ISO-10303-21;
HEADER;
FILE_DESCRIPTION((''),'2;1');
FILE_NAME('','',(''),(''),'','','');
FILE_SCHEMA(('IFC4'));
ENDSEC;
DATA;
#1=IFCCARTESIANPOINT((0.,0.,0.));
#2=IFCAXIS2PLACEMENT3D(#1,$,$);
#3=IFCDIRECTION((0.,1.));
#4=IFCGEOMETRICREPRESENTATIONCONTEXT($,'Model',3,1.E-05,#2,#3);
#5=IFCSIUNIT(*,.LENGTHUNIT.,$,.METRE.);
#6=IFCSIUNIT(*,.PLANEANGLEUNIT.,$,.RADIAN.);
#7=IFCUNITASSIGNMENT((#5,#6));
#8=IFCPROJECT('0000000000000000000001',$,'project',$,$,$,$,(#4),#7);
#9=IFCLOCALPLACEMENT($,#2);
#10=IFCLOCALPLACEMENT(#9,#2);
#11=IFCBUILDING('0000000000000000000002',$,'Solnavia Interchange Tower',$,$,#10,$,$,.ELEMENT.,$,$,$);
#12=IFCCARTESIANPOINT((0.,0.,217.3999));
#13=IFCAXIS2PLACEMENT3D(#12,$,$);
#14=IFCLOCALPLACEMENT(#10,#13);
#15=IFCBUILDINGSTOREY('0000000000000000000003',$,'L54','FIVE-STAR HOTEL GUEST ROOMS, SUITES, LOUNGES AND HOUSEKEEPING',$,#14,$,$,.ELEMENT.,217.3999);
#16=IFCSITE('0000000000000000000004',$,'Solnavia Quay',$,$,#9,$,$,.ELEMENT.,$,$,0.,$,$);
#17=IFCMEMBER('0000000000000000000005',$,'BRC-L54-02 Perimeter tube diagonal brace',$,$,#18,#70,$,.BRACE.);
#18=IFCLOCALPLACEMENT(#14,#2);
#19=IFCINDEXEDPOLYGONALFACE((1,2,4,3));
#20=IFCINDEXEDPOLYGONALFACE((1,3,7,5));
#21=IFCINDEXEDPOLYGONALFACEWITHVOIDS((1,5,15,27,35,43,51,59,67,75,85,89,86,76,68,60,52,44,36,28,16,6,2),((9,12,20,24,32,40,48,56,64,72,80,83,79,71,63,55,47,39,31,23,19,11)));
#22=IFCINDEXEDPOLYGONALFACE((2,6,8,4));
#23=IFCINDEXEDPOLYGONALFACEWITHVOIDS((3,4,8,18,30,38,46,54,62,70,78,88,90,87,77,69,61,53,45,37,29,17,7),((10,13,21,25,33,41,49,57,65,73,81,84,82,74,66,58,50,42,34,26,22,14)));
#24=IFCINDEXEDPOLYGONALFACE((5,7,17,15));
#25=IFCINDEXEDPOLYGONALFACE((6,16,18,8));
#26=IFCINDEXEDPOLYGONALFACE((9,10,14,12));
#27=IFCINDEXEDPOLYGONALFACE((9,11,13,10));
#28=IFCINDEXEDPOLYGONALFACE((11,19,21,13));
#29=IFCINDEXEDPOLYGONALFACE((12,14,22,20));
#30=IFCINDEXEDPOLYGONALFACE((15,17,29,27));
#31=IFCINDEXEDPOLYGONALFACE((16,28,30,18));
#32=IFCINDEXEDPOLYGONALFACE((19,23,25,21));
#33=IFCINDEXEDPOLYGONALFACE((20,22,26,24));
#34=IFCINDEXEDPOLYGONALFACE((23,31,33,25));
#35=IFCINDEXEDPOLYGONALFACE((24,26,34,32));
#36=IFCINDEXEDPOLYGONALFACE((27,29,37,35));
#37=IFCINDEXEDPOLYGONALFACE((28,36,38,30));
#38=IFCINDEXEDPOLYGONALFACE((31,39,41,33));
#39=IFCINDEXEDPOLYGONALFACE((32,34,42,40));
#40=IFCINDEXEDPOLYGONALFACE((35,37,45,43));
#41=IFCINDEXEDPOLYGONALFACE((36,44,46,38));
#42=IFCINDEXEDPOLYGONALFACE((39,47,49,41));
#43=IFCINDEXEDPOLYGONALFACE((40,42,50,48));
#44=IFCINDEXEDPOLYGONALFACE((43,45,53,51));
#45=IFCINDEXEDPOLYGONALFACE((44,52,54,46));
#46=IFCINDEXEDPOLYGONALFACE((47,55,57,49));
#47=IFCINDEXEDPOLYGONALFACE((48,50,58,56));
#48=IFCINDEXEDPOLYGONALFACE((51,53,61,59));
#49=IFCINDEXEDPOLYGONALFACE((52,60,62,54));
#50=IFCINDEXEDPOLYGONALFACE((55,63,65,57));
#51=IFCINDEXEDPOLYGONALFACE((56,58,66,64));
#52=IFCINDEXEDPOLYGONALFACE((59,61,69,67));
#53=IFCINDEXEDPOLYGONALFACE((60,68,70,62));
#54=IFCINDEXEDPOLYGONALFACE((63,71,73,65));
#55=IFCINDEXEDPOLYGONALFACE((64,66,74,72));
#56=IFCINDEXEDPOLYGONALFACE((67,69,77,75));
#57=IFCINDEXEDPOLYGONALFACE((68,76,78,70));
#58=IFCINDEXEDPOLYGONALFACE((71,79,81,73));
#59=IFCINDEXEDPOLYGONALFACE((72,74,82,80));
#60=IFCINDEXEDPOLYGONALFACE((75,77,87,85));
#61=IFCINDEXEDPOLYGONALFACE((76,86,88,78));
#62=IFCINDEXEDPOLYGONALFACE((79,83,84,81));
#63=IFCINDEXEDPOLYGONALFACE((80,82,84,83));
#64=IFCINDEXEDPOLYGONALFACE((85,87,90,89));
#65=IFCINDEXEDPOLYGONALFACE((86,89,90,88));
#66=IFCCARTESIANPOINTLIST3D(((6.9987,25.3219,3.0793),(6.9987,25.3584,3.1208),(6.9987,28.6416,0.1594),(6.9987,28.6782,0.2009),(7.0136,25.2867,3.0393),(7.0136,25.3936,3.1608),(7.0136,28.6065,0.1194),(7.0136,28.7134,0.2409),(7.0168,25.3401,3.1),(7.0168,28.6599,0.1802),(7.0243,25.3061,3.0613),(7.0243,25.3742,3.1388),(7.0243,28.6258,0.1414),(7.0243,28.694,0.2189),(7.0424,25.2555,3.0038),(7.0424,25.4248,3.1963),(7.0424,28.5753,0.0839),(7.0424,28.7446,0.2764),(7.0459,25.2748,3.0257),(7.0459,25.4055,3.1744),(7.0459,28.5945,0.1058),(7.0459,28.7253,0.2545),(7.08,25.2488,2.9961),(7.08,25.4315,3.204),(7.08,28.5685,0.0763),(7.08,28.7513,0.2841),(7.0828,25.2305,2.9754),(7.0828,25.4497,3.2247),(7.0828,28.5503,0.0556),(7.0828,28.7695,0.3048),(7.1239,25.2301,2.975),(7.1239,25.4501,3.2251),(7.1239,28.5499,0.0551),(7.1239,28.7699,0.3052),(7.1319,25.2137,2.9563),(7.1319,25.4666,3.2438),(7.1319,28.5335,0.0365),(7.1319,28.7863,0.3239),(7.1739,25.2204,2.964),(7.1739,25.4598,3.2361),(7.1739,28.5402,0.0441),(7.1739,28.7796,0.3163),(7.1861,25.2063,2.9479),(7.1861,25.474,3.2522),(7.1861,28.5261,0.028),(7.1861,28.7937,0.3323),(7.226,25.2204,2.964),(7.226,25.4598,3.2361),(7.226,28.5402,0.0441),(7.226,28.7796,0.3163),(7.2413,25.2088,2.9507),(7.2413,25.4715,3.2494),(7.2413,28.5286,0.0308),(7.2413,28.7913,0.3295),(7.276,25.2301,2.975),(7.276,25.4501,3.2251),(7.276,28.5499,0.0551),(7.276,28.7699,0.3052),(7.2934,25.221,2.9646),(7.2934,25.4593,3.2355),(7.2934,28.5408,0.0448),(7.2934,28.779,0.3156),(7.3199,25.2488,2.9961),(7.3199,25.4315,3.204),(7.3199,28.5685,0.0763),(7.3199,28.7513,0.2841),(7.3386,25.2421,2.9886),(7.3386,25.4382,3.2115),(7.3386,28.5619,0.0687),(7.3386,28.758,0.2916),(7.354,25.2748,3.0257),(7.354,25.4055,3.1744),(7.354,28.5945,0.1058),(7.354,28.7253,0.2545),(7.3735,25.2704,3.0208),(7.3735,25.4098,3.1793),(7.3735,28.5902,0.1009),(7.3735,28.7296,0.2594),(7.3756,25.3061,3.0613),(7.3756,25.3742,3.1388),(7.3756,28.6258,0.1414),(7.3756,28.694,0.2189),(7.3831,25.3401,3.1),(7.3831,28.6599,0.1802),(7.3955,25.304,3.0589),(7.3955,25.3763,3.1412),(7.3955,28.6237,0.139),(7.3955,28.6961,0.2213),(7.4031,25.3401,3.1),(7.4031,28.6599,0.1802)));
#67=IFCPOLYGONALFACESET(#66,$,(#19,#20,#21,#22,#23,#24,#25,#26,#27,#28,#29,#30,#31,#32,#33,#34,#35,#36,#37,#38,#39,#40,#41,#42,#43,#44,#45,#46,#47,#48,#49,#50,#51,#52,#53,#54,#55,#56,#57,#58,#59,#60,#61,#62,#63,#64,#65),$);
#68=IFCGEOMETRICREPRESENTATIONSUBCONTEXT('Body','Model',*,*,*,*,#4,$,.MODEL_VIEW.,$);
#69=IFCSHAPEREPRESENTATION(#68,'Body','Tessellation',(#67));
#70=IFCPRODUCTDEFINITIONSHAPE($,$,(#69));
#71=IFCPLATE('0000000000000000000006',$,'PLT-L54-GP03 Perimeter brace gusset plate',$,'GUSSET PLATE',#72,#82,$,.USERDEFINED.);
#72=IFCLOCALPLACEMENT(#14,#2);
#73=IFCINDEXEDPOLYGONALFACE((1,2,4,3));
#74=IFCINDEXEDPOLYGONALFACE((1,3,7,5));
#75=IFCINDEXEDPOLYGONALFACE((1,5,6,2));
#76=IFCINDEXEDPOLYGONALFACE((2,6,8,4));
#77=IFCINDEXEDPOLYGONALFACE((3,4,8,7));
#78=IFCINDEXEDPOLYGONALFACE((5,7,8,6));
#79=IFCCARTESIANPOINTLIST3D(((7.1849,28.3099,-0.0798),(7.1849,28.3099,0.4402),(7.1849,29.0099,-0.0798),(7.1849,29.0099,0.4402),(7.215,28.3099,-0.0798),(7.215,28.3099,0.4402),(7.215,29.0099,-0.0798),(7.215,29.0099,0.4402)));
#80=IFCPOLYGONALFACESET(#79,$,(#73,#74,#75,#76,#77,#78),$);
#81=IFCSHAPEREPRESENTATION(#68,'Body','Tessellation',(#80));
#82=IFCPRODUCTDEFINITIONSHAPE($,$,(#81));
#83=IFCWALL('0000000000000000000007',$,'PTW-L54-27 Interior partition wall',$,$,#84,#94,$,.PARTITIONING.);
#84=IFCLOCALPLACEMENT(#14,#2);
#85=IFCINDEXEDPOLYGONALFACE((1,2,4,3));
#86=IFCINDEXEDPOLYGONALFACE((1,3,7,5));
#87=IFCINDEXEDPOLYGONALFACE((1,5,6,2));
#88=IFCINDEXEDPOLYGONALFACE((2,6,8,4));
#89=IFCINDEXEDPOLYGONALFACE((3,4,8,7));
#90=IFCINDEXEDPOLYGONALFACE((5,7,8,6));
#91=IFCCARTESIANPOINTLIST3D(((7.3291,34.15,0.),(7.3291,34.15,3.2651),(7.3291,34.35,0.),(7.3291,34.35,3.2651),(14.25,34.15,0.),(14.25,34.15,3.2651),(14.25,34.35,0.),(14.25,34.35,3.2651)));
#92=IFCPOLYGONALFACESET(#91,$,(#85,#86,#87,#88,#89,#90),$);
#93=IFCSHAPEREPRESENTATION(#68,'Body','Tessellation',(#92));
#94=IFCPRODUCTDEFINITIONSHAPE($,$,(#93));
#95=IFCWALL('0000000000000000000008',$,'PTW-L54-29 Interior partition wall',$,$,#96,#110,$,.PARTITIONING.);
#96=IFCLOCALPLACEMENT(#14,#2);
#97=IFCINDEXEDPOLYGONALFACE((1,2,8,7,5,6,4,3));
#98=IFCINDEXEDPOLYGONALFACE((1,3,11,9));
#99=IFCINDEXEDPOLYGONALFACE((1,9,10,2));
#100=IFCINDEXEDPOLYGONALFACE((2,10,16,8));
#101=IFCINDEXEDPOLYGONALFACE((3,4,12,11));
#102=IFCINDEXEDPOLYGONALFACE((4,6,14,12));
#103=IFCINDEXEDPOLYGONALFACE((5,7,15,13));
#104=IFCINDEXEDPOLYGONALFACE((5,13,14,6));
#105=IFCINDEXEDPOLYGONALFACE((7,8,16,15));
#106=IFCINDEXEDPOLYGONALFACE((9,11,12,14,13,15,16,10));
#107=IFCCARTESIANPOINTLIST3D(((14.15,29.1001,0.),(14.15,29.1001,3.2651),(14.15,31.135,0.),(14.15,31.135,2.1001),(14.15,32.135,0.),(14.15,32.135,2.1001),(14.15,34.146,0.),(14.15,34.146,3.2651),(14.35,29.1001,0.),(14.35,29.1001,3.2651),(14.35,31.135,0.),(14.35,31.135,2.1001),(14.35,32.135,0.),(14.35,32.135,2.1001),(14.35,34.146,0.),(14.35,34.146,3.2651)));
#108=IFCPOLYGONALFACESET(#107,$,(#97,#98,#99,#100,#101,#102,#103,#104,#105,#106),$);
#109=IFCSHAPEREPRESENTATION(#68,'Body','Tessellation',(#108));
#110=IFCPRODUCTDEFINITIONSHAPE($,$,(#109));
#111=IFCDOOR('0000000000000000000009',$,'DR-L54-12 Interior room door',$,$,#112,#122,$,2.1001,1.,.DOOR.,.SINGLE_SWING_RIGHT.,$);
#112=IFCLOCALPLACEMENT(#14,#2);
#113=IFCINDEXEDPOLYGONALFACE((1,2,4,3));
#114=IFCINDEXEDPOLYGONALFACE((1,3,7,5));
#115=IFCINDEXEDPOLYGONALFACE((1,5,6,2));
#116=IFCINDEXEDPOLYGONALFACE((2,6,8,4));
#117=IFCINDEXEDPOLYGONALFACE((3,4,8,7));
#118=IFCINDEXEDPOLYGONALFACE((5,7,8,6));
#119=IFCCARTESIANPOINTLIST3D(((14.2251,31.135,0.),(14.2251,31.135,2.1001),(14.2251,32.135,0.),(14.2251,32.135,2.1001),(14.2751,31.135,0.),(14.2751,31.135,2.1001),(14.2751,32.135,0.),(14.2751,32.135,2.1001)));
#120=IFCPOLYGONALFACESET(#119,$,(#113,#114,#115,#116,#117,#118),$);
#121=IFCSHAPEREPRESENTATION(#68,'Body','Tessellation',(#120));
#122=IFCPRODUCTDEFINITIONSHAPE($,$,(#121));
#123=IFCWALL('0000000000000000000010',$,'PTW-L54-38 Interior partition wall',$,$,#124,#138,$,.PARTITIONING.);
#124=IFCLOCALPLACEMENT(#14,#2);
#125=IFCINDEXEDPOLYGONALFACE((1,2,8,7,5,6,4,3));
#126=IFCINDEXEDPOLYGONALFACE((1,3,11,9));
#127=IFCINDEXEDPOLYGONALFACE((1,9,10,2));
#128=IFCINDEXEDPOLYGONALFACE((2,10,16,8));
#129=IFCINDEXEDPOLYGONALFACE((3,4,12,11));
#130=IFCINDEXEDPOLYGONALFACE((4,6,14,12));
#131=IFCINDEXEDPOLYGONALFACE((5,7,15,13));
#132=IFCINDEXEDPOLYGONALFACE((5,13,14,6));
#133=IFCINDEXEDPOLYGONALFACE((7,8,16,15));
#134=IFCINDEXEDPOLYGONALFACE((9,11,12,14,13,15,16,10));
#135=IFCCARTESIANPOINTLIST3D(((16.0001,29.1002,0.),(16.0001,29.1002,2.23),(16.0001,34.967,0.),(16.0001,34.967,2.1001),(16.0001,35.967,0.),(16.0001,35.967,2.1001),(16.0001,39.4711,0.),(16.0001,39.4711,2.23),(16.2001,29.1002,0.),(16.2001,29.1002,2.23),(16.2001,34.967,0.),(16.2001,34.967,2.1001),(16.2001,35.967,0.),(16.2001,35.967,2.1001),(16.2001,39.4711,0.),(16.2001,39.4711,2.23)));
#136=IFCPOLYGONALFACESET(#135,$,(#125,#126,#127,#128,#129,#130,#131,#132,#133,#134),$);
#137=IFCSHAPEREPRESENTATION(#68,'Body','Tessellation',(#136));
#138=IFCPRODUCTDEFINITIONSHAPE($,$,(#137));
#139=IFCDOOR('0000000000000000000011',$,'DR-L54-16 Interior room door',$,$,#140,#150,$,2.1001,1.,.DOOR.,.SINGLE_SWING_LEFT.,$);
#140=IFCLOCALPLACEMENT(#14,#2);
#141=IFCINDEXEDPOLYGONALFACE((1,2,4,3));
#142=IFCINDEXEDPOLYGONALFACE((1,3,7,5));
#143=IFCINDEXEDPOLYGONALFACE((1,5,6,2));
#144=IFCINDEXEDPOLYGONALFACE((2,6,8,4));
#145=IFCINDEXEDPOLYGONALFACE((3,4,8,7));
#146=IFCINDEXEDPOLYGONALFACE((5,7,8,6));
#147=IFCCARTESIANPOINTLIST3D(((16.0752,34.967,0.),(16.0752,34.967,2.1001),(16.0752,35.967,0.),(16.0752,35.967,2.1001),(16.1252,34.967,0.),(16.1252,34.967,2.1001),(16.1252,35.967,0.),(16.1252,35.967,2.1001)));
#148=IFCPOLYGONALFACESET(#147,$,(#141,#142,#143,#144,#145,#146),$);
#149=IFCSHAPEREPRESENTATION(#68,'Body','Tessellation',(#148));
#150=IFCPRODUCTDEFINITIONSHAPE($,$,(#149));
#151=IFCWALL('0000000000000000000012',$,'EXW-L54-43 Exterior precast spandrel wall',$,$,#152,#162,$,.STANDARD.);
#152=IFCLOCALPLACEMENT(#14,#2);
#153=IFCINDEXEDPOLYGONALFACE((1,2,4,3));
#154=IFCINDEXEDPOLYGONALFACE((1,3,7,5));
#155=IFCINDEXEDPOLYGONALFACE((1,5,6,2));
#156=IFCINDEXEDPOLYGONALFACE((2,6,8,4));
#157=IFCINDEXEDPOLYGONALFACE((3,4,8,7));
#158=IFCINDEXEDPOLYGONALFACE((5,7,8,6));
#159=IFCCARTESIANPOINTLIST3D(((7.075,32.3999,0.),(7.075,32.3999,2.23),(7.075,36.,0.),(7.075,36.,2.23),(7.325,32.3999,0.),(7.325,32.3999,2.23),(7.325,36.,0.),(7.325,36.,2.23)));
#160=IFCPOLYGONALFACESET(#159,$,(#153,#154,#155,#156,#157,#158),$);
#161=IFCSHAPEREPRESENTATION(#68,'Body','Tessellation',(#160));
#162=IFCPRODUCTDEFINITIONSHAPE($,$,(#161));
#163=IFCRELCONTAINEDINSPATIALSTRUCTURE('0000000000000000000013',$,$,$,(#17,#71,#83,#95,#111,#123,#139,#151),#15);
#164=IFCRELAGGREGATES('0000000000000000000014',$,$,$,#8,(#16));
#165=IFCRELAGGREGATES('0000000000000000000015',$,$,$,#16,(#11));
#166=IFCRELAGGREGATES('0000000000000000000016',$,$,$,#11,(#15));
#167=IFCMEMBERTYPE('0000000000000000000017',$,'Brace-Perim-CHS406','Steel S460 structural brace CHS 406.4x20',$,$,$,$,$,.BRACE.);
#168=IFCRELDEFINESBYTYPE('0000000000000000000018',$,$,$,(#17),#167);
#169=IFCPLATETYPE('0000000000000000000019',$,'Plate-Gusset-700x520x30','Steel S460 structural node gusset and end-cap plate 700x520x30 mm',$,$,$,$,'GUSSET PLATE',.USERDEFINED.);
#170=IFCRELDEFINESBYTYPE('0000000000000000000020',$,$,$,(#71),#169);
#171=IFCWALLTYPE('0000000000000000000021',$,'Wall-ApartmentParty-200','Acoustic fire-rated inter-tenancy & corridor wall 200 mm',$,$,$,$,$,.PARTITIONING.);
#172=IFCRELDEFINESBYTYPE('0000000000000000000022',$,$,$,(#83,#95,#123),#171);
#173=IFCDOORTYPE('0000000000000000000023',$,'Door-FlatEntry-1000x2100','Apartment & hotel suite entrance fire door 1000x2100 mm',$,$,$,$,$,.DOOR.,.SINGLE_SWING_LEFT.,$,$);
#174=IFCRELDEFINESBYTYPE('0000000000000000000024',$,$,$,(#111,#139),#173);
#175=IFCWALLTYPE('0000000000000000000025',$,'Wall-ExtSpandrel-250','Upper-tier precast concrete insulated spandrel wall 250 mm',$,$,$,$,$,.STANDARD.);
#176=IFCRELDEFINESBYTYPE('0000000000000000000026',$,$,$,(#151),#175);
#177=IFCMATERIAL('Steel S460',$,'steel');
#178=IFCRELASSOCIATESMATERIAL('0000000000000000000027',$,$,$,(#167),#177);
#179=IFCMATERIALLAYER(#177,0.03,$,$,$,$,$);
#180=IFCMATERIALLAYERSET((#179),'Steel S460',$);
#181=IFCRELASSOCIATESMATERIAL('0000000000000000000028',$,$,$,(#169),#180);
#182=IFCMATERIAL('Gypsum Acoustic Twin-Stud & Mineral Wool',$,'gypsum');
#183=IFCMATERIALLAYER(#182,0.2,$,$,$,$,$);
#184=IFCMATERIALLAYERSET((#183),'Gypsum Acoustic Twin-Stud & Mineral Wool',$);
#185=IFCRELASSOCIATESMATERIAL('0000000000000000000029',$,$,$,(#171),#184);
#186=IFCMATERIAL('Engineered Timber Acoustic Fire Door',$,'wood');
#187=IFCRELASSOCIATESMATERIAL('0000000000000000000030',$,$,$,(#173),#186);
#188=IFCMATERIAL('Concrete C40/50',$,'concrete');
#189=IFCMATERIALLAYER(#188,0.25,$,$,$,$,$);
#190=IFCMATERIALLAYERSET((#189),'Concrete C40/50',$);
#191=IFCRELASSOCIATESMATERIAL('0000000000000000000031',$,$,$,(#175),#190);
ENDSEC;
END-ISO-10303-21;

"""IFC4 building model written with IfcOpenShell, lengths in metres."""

from ifc_helpers import new_model, si_unit, direction, frame, frame_2d, origin, origin_2d, place, context, subcontext, project, spatial, rectangle, hollow_circle, extrude, material, layer, layer_set, material_profile, profile_set, type_object, element, fill, save


model = new_model("IFC4")

# Units and contexts
model_context = context("Model", 3, precision=1e-05, world=origin(), true_north=direction((0.0, 1.0)))
body_context = subcontext(model_context, "Body", "Model", "MODEL_VIEW")
ifc_project = project(units=[si_unit("LENGTHUNIT", "METRE"), si_unit("PLANEANGLEUNIT", "RADIAN")], contexts=[model_context])

# Site, building, storey
site_placement = place(None, origin())
site = spatial("IfcSite", under=ifc_project, at=site_placement, Name="Solnavia Quay", CompositionType="ELEMENT", RefElevation=0.0)
building_placement = place(site_placement, origin())
building = spatial("IfcBuilding", under=site, at=building_placement, Name="Solnavia Interchange Tower", CompositionType="ELEMENT")
storey_placement = place(building_placement, frame((0.0, 0.0, 217.3999)))
storey = spatial("IfcBuildingStorey", under=building, at=storey_placement, Name="L54", Description="FIVE-STAR HOTEL GUEST ROOMS, SUITES, LOUNGES AND HOUSEKEEPING", CompositionType="ELEMENT", Elevation=217.3999)

# Shared definitions
ifc_material_1 = material(Name="Steel S460", Category="steel")

# Member
ifc_material_profile_1 = material_profile(ifc_material_1, hollow_circle(Radius=0.2031, WallThickness=0.02, at=origin_2d()), Name="CHS 406.4x20")
ifc_profile_set_1 = profile_set([ifc_material_profile_1], Name="Steel S460")
member_type = type_object("IfcMemberType", Name="Brace-Perim-CHS406", Description="Steel S460 structural brace CHS 406.4x20", PredefinedType="BRACE", material=ifc_profile_set_1)
member_placement = place(storey_placement, frame((7.2, 28.6599, 0.1802), z_axis=(0.0, -0.750884, 0.660434), x_axis=(1.0, 0.0, 0.0)))
element("IfcMember", 1, at=member_placement, inside=storey, type_object=member_type, Name="BRC-L54-02 Perimeter tube diagonal brace", PredefinedType="BRACE", context=body_context, shape_type="SweptSolid", body=[
    extrude(hollow_circle(Radius=0.2031, WallThickness=0.02, at=origin_2d()), origin(), (0.0, 0.0, 1.0), 4.4211),
])

# Plate
ifc_layer_1 = layer(ifc_material_1, 0.03)
ifc_layer_set_1 = layer_set([ifc_layer_1], Name="Steel S460")
plate_type = type_object("IfcPlateType", Name="Plate-Gusset-700x520x30", Description="Steel S460 structural node gusset and end-cap plate 700x520x30 mm", ElementType="GUSSET PLATE", PredefinedType="USERDEFINED", material=ifc_layer_set_1)
plate_placement = place(storey_placement, frame((7.2, 28.6599, -0.0798), z_axis=(0.0, 0.0, 1.0), x_axis=(0.0, -1.0, 0.0)))
element("IfcPlate", 2, at=plate_placement, inside=storey, type_object=plate_type, Name="PLT-L54-GP03 Perimeter brace gusset plate", ObjectType="GUSSET PLATE", PredefinedType="USERDEFINED", context=body_context, shape_type="SweptSolid", body=[
    extrude(rectangle(XDim=0.7, YDim=0.03, at=origin_2d()), origin(), (0.0, 0.0, 1.0), 0.52),
])

# Wall
ifc_material_2 = material(Name="Gypsum Acoustic Twin-Stud & Mineral Wool", Category="gypsum")
ifc_layer_2 = layer(ifc_material_2, 0.2)
ifc_layer_set_2 = layer_set([ifc_layer_2], Name="Gypsum Acoustic Twin-Stud & Mineral Wool")
wall_type_1 = type_object("IfcWallType", Name="Wall-ApartmentParty-200", Description="Acoustic fire-rated inter-tenancy & corridor wall 200 mm", PredefinedType="PARTITIONING", material=ifc_layer_set_2)
wall_1_placement = place(storey_placement, frame((7.3291, 34.25, 0.0), z_axis=(0.0, 0.0, 1.0), x_axis=(1.0, 0.0, 0.0)))
element("IfcWall", 3, at=wall_1_placement, inside=storey, type_object=wall_type_1, Name="PTW-L54-27 Interior partition wall", PredefinedType="PARTITIONING", context=body_context, shape_type="SweptSolid", body=[
    extrude(rectangle(XDim=6.9209, YDim=0.2, at=frame_2d((3.4604, 0.0))), origin(), (0.0, 0.0, 1.0), 3.2651),
])

# Walls, openings, doors
wall_2_placement = place(storey_placement, frame((14.25, 29.1001, 0.0), z_axis=(0.0, 0.0, 1.0), x_axis=(0.0, 1.0, 0.0)))
wall_2 = element("IfcWall", 4, at=wall_2_placement, inside=storey, type_object=wall_type_1, Name="PTW-L54-29 Interior partition wall", PredefinedType="PARTITIONING", context=body_context, shape_type="SweptSolid", body=[
    extrude(rectangle(XDim=5.0459, YDim=0.2, at=frame_2d((2.5229, 0.0))), origin(), (0.0, 0.0, 1.0), 3.2651),
])
opening_1_placement = place(wall_2_placement, frame((2.0349, 0.0, 0.0)))
opening_1 = element("IfcOpeningElement", 5, at=opening_1_placement, cuts=wall_2, PredefinedType="OPENING", context=body_context, shape_type="SweptSolid", body=[
    extrude(rectangle(XDim=1.0, YDim=2.1001, at=frame_2d((0.5, 1.05))), frame((0.0, 0.1099, 0.0), z_axis=(0.0, -1.0, 0.0), x_axis=(1.0, 0.0, 0.0)), (0.0, 0.0, 1.0), 0.22),
])
ifc_material_3 = material(Name="Engineered Timber Acoustic Fire Door", Category="wood")
door_type_1 = type_object("IfcDoorType", Name="Door-FlatEntry-1000x2100", Description="Apartment & hotel suite entrance fire door 1000x2100 mm", OperationType="SINGLE_SWING_LEFT", PredefinedType="DOOR", material=ifc_material_3)
door_1_placement = place(opening_1_placement, origin())
door_1 = element("IfcDoor", 6, at=door_1_placement, inside=storey, type_object=door_type_1, Name="DR-L54-12 Interior room door", OperationType="SINGLE_SWING_RIGHT", OverallHeight=2.1001, OverallWidth=1.0, PredefinedType="DOOR", context=body_context, shape_type="SweptSolid", body=[
    extrude(rectangle(XDim=1.0, YDim=2.1001, at=frame_2d((0.5, 1.05))), frame((0.0, 0.0249, 0.0), z_axis=(0.0, -1.0, 0.0), x_axis=(1.0, 0.0, 0.0)), (0.0, 0.0, 1.0), 0.05),
])
fill(opening_1, door_1)
wall_3_placement = place(storey_placement, frame((16.1001, 29.1001, 0.0), z_axis=(0.0, 0.0, 1.0), x_axis=(0.0, 1.0, 0.0)))
wall_3 = element("IfcWall", 7, at=wall_3_placement, inside=storey, type_object=wall_type_1, Name="PTW-L54-38 Interior partition wall", PredefinedType="PARTITIONING", context=body_context, shape_type="SweptSolid", body=[
    extrude(rectangle(XDim=10.3708, YDim=0.2, at=frame_2d((5.1855, 0.0))), origin(), (0.0, 0.0, 1.0), 2.23),
])
opening_2_placement = place(wall_3_placement, frame((5.8669, 0.0, 0.0)))
opening_2 = element("IfcOpeningElement", 8, at=opening_2_placement, cuts=wall_3, PredefinedType="OPENING", context=body_context, shape_type="SweptSolid", body=[
    extrude(rectangle(XDim=1.0, YDim=2.1001, at=frame_2d((0.5, 1.05))), frame((0.0, 0.1099, 0.0), z_axis=(0.0, -1.0, 0.0), x_axis=(1.0, 0.0, 0.0)), (0.0, 0.0, 1.0), 0.22),
])
door_2_placement = place(opening_2_placement, origin())
door_2 = element("IfcDoor", 9, at=door_2_placement, inside=storey, type_object=door_type_1, Name="DR-L54-16 Interior room door", OperationType="SINGLE_SWING_LEFT", OverallHeight=2.1001, OverallWidth=1.0, PredefinedType="DOOR", context=body_context, shape_type="SweptSolid", body=[
    extrude(rectangle(XDim=1.0, YDim=2.1001, at=frame_2d((0.5, 1.05))), frame((0.0, 0.0249, 0.0), z_axis=(0.0, -1.0, 0.0), x_axis=(1.0, 0.0, 0.0)), (0.0, 0.0, 1.0), 0.05),
])
fill(opening_2, door_2)

# Wall
ifc_material_4 = material(Name="Concrete C40/50", Category="concrete")
ifc_layer_3 = layer(ifc_material_4, 0.25)
ifc_layer_set_3 = layer_set([ifc_layer_3], Name="Concrete C40/50")
wall_type_2 = type_object("IfcWallType", Name="Wall-ExtSpandrel-250", Description="Upper-tier precast concrete insulated spandrel wall 250 mm", PredefinedType="STANDARD", material=ifc_layer_set_3)
wall_4_placement = place(storey_placement, frame((7.2, 32.3999, 0.0), z_axis=(0.0, 0.0, 1.0), x_axis=(0.0, 1.0, 0.0)))
element("IfcWall", 10, at=wall_4_placement, inside=storey, type_object=wall_type_2, Name="EXW-L54-43 Exterior precast spandrel wall", PredefinedType="STANDARD", context=body_context, shape_type="SweptSolid", body=[
    extrude(rectangle(XDim=3.6001, YDim=0.25, at=frame_2d((1.8, 0.0))), origin(), (0.0, 0.0, 1.0), 2.23),
])

save(model, "model.ifc")
